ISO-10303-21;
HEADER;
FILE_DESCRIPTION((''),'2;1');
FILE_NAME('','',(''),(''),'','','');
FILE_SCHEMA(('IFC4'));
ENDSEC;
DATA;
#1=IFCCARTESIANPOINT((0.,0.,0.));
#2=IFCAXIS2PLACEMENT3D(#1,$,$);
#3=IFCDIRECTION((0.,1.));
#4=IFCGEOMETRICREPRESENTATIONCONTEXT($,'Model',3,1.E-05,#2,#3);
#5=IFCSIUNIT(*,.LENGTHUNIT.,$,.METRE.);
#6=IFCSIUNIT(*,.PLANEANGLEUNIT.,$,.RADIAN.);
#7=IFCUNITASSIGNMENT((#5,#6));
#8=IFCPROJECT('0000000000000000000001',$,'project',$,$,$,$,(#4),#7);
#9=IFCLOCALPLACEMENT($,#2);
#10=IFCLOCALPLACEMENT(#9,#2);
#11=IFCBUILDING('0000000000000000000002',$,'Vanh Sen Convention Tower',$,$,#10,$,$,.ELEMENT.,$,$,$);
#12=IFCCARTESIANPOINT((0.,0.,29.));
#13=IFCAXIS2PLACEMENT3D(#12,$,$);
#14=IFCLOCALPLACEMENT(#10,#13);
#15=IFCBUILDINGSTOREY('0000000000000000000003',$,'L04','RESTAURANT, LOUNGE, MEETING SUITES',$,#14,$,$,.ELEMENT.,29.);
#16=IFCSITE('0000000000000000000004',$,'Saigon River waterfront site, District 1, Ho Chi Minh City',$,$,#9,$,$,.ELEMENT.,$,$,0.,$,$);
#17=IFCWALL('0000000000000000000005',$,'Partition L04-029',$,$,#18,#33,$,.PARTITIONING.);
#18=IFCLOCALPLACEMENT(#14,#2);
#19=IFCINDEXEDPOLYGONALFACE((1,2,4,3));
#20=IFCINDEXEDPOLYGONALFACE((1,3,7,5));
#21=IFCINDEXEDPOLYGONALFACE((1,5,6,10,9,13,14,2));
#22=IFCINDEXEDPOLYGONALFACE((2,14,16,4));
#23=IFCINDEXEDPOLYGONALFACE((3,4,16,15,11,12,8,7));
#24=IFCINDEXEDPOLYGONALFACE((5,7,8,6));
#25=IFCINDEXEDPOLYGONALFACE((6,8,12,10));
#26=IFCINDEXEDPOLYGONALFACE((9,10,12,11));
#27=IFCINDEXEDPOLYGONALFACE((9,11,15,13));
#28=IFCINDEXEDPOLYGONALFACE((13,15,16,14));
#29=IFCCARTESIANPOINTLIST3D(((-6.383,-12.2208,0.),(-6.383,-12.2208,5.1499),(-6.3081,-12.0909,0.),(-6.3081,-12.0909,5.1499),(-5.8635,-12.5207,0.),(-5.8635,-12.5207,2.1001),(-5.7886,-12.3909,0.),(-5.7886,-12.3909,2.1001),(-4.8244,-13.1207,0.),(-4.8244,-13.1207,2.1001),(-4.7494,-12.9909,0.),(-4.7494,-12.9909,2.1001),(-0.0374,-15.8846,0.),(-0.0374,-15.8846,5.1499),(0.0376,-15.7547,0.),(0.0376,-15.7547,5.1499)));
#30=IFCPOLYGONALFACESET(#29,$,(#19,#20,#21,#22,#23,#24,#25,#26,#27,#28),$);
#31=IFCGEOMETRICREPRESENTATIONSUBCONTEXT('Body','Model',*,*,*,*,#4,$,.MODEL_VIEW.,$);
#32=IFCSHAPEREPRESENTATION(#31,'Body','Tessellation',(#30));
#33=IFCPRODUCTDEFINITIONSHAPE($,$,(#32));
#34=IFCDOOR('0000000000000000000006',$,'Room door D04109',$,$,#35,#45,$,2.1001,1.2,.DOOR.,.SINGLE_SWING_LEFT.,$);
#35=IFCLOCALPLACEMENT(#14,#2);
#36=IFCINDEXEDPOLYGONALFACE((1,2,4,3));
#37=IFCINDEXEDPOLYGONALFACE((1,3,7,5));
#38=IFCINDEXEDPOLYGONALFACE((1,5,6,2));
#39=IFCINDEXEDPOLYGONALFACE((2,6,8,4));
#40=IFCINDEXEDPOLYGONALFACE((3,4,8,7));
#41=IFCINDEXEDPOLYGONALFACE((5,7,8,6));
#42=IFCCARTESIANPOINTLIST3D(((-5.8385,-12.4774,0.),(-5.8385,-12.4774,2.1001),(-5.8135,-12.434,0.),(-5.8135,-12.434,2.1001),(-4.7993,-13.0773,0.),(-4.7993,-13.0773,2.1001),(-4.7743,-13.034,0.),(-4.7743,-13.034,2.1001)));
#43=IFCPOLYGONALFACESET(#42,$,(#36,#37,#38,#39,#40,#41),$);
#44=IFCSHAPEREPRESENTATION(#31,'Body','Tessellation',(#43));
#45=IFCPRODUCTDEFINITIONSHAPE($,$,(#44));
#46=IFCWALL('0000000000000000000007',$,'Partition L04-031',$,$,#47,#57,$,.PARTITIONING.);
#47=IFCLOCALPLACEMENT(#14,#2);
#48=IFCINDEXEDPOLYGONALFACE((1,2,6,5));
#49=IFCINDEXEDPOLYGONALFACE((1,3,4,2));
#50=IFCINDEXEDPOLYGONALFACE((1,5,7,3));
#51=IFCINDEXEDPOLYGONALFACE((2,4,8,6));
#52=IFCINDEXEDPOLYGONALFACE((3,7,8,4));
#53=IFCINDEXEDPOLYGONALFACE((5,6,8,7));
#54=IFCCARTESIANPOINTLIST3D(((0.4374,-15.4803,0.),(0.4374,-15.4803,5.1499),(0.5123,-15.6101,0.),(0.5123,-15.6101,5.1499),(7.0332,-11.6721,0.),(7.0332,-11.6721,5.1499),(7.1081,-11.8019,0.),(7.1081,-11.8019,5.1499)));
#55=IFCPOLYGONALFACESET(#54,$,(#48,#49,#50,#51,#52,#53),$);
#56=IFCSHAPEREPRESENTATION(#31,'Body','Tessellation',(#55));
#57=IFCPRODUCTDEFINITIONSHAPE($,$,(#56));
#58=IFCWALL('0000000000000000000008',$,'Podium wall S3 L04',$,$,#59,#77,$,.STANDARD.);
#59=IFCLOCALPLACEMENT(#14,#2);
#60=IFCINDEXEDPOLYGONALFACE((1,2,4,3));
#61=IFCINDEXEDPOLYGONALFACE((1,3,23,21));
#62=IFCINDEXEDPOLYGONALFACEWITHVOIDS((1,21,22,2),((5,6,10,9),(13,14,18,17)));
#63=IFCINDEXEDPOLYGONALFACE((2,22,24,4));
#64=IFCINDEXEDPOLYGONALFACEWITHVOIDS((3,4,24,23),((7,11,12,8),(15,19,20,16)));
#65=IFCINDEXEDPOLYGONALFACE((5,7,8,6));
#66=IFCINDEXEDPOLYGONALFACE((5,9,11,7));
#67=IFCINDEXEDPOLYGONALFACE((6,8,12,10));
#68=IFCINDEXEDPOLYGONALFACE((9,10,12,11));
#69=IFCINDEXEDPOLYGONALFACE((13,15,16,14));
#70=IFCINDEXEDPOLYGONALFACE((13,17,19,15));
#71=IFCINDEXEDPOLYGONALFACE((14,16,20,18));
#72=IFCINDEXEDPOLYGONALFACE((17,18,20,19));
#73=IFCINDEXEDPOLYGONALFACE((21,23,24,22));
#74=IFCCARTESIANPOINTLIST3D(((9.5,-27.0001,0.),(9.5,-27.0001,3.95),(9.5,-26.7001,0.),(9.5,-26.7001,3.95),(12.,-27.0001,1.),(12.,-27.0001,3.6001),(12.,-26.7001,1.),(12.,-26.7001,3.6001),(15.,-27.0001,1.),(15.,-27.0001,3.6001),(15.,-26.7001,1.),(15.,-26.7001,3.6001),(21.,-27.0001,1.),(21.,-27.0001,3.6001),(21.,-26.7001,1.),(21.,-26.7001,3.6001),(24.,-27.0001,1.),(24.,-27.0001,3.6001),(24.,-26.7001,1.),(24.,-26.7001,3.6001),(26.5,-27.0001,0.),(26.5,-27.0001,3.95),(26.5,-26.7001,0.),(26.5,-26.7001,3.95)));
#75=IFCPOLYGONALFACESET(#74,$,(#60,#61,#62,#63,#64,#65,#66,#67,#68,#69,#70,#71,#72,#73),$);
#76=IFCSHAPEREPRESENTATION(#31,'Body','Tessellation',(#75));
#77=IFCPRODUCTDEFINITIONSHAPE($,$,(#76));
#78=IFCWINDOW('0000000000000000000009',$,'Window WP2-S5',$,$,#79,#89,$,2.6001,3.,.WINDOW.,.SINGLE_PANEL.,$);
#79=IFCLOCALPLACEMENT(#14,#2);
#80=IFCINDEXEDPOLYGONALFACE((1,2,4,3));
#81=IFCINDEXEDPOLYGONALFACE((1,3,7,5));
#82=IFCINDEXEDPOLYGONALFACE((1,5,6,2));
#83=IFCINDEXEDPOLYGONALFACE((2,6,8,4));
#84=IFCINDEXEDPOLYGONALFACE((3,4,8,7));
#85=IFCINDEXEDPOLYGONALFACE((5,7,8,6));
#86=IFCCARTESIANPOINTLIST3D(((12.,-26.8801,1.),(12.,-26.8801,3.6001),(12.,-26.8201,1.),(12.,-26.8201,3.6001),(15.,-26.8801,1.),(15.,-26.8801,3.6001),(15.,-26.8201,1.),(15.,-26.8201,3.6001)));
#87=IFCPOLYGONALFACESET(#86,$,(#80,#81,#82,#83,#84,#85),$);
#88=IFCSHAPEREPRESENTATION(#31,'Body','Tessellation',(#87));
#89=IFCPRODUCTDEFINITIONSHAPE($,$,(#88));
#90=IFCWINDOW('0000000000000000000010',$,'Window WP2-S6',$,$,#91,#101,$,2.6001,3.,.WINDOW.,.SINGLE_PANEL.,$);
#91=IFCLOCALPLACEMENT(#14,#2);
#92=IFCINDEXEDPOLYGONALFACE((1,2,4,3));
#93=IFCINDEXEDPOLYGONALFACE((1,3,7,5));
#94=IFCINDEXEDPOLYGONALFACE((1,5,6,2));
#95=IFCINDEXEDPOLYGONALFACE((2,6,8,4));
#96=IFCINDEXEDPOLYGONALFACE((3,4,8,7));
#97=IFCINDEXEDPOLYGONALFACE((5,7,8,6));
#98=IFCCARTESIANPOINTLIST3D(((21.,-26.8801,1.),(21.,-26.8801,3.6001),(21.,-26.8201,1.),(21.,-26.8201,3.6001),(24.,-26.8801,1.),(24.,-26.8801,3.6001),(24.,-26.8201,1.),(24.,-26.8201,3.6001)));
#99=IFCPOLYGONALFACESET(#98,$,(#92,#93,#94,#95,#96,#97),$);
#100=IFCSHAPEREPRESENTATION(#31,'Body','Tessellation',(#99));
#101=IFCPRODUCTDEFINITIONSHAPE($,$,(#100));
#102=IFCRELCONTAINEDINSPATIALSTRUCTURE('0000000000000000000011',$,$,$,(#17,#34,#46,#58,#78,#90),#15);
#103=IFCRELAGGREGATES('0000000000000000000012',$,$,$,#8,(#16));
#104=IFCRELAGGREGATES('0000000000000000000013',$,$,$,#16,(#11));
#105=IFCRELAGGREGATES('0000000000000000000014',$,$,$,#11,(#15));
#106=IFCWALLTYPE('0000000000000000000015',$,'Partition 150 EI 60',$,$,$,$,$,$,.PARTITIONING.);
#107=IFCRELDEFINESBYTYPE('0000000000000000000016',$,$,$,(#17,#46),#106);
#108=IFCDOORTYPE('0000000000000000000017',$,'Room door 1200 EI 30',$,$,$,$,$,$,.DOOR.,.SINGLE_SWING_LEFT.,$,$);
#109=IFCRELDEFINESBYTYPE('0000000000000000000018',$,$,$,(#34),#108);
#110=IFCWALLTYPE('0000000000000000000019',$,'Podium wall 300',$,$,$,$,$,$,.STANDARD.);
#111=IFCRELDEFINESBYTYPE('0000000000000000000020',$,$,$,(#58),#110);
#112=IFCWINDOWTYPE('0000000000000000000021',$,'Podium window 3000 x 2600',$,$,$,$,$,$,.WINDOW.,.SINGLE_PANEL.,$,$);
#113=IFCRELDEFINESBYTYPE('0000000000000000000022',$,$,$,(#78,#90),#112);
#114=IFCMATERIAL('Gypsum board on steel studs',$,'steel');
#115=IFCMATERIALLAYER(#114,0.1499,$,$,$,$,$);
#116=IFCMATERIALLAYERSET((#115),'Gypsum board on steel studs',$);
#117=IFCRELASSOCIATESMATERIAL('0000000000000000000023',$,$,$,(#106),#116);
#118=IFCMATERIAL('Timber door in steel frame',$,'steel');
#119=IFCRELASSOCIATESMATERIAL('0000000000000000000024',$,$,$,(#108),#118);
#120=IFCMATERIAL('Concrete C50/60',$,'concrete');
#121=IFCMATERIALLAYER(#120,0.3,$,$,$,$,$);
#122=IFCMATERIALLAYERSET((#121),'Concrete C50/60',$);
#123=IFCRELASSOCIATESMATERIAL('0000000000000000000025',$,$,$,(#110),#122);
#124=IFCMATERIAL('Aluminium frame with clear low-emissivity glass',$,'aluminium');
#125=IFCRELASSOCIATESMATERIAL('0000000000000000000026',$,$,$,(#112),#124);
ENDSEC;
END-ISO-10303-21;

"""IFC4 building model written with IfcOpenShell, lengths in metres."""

from ifc_helpers import new_model, si_unit, direction, frame, frame_2d, origin, place, context, subcontext, project, spatial, rectangle, extrude, material, layer, layer_set, type_object, element, fill, save


model = new_model("IFC4")

# Units and contexts
model_context = context("Model", 3, precision=1e-05, world=origin(), true_north=direction((0.0, 1.0)))
body_context = subcontext(model_context, "Body", "Model", "MODEL_VIEW")
ifc_project = project(units=[si_unit("LENGTHUNIT", "METRE"), si_unit("PLANEANGLEUNIT", "RADIAN")], contexts=[model_context])

# Site, building, storey
site_placement = place(None, origin())
site = spatial("IfcSite", under=ifc_project, at=site_placement, Name="Saigon River waterfront site, District 1, Ho Chi Minh City", CompositionType="ELEMENT", RefElevation=0.0)
building_placement = place(site_placement, origin())
building = spatial("IfcBuilding", under=site, at=building_placement, Name="Vanh Sen Convention Tower", CompositionType="ELEMENT")
storey_placement = place(building_placement, frame((0.0, 0.0, 29.0)))
storey = spatial("IfcBuildingStorey", under=building, at=storey_placement, Name="L04", Description="RESTAURANT, LOUNGE, MEETING SUITES", CompositionType="ELEMENT", Elevation=29.0)

# Shared definitions
ifc_material_1 = material(Name="Gypsum board on steel studs", Category="steel")
ifc_layer_1 = layer(ifc_material_1, 0.1499)
ifc_layer_set_1 = layer_set([ifc_layer_1], Name="Gypsum board on steel studs")
wall_type_1 = type_object("IfcWallType", Name="Partition 150 EI 60", PredefinedType="PARTITIONING", material=ifc_layer_set_1)

# Wall, opening, door
ifc_material_2 = material(Name="Timber door in steel frame", Category="steel")
door_type = type_object("IfcDoorType", Name="Room door 1200 EI 30", OperationType="SINGLE_SWING_LEFT", PredefinedType="DOOR", material=ifc_material_2)
wall_1_placement = place(storey_placement, frame((0.0, -15.8196, 0.0), z_axis=(0.0, 0.0, 1.0), x_axis=(-0.866018, 0.500013, 0.0)))
wall_1 = element("IfcWall", 1, at=wall_1_placement, inside=storey, type_object=wall_type_1, Name="Partition L04-029", PredefinedType="PARTITIONING", context=body_context, shape_type="SweptSolid", body=[
    extrude(rectangle(XDim=7.3274, YDim=0.1499, at=frame_2d((3.6636, 0.0))), origin(), (0.0, 0.0, 1.0), 5.1499),
])
opening_1_placement = place(wall_1_placement, frame((5.5273, 0.0, 0.0)))
opening_1 = element("IfcOpeningElement", 2, at=opening_1_placement, cuts=wall_1, PredefinedType="OPENING", context=body_context, shape_type="SweptSolid", body=[
    extrude(rectangle(XDim=1.2, YDim=2.1001, at=frame_2d((0.6001, 1.05))), frame((0.0, 0.085, 0.0), z_axis=(0.0, -1.0, 0.0), x_axis=(1.0, 0.0, 0.0)), (0.0, 0.0, 1.0), 0.1699),
])
door_1_placement = place(opening_1_placement, origin())
door_1 = element("IfcDoor", 3, at=door_1_placement, inside=storey, type_object=door_type, Name="Room door D04109", OperationType="SINGLE_SWING_LEFT", OverallHeight=2.1001, OverallWidth=1.2, PredefinedType="DOOR", context=body_context, shape_type="SweptSolid", body=[
    extrude(rectangle(XDim=1.2, YDim=2.1001, at=frame_2d((0.6001, 1.05))), frame((0.0, 0.0249, 0.0), z_axis=(0.0, -1.0, 0.0), x_axis=(1.0, 0.0, 0.0)), (0.0, 0.0, 1.0), 0.05),
])
fill(opening_1, door_1)

# Wall
wall_2_placement = place(storey_placement, frame((0.4749, -15.5452, 0.0), z_axis=(0.0, 0.0, 1.0), x_axis=(0.866021, 0.500007, 0.0)))
element("IfcWall", 4, at=wall_2_placement, inside=storey, type_object=wall_type_1, Name="Partition L04-031", PredefinedType="PARTITIONING", context=body_context, shape_type="SweptSolid", body=[
    extrude(rectangle(XDim=7.6162, YDim=0.1499, at=frame_2d((3.8081, 0.0))), origin(), (0.0, 0.0, 1.0), 5.1499),
])

# Wall, openings, windows
ifc_material_3 = material(Name="Concrete C50/60", Category="concrete")
ifc_layer_2 = layer(ifc_material_3, 0.3)
ifc_layer_set_2 = layer_set([ifc_layer_2], Name="Concrete C50/60")
wall_type_2 = type_object("IfcWallType", Name="Podium wall 300", PredefinedType="STANDARD", material=ifc_layer_set_2)
wall_3_placement = place(storey_placement, frame((9.5, -26.8501, 0.0), z_axis=(0.0, 0.0, 1.0), x_axis=(1.0, 0.0, 0.0)))
wall_3 = element("IfcWall", 5, at=wall_3_placement, inside=storey, type_object=wall_type_2, Name="Podium wall S3 L04", PredefinedType="STANDARD", context=body_context, shape_type="SweptSolid", body=[
    extrude(rectangle(XDim=17.0, YDim=0.3, at=frame_2d((8.5, 0.0))), origin(), (0.0, 0.0, 1.0), 3.95),
])
opening_2_placement = place(wall_3_placement, frame((2.5, 0.0, 1.0)))
opening_2 = element("IfcOpeningElement", 6, at=opening_2_placement, cuts=wall_3, PredefinedType="OPENING", context=body_context, shape_type="SweptSolid", body=[
    extrude(rectangle(XDim=3.0, YDim=2.6001, at=frame_2d((1.5, 1.3))), frame((0.0, 0.1599, 0.0), z_axis=(0.0, -1.0, 0.0), x_axis=(1.0, 0.0, 0.0)), (0.0, 0.0, 1.0), 0.3201),
])
opening_3_placement = place(wall_3_placement, frame((11.5, 0.0, 1.0)))
opening_3 = element("IfcOpeningElement", 7, at=opening_3_placement, cuts=wall_3, PredefinedType="OPENING", context=body_context, shape_type="SweptSolid", body=[
    extrude(rectangle(XDim=3.0, YDim=2.6001, at=frame_2d((1.5, 1.3))), frame((0.0, 0.1599, 0.0), z_axis=(0.0, -1.0, 0.0), x_axis=(1.0, 0.0, 0.0)), (0.0, 0.0, 1.0), 0.3201),
])
ifc_material_4 = material(Name="Aluminium frame with clear low-emissivity glass", Category="aluminium")
window_type = type_object("IfcWindowType", Name="Podium window 3000 x 2600", PartitioningType="SINGLE_PANEL", PredefinedType="WINDOW", material=ifc_material_4)
window_1_placement = place(opening_2_placement, origin())
window_1 = element("IfcWindow", 8, at=window_1_placement, inside=storey, type_object=window_type, Name="Window WP2-S5", OverallHeight=2.6001, OverallWidth=3.0, PartitioningType="SINGLE_PANEL", PredefinedType="WINDOW", context=body_context, shape_type="SweptSolid", body=[
    extrude(rectangle(XDim=3.0, YDim=2.6001, at=frame_2d((1.5, 1.3))), frame((0.0, 0.03, 0.0), z_axis=(0.0, -1.0, 0.0), x_axis=(1.0, 0.0, 0.0)), (0.0, 0.0, 1.0), 0.0601),
])
fill(opening_2, window_1)
window_2_placement = place(opening_3_placement, origin())
window_2 = element("IfcWindow", 9, at=window_2_placement, inside=storey, type_object=window_type, Name="Window WP2-S6", OverallHeight=2.6001, OverallWidth=3.0, PartitioningType="SINGLE_PANEL", PredefinedType="WINDOW", context=body_context, shape_type="SweptSolid", body=[
    extrude(rectangle(XDim=3.0, YDim=2.6001, at=frame_2d((1.5, 1.3))), frame((0.0, 0.03, 0.0), z_axis=(0.0, -1.0, 0.0), x_axis=(1.0, 0.0, 0.0)), (0.0, 0.0, 1.0), 0.0601),
])
fill(opening_3, window_2)

save(model, "model.ifc")
